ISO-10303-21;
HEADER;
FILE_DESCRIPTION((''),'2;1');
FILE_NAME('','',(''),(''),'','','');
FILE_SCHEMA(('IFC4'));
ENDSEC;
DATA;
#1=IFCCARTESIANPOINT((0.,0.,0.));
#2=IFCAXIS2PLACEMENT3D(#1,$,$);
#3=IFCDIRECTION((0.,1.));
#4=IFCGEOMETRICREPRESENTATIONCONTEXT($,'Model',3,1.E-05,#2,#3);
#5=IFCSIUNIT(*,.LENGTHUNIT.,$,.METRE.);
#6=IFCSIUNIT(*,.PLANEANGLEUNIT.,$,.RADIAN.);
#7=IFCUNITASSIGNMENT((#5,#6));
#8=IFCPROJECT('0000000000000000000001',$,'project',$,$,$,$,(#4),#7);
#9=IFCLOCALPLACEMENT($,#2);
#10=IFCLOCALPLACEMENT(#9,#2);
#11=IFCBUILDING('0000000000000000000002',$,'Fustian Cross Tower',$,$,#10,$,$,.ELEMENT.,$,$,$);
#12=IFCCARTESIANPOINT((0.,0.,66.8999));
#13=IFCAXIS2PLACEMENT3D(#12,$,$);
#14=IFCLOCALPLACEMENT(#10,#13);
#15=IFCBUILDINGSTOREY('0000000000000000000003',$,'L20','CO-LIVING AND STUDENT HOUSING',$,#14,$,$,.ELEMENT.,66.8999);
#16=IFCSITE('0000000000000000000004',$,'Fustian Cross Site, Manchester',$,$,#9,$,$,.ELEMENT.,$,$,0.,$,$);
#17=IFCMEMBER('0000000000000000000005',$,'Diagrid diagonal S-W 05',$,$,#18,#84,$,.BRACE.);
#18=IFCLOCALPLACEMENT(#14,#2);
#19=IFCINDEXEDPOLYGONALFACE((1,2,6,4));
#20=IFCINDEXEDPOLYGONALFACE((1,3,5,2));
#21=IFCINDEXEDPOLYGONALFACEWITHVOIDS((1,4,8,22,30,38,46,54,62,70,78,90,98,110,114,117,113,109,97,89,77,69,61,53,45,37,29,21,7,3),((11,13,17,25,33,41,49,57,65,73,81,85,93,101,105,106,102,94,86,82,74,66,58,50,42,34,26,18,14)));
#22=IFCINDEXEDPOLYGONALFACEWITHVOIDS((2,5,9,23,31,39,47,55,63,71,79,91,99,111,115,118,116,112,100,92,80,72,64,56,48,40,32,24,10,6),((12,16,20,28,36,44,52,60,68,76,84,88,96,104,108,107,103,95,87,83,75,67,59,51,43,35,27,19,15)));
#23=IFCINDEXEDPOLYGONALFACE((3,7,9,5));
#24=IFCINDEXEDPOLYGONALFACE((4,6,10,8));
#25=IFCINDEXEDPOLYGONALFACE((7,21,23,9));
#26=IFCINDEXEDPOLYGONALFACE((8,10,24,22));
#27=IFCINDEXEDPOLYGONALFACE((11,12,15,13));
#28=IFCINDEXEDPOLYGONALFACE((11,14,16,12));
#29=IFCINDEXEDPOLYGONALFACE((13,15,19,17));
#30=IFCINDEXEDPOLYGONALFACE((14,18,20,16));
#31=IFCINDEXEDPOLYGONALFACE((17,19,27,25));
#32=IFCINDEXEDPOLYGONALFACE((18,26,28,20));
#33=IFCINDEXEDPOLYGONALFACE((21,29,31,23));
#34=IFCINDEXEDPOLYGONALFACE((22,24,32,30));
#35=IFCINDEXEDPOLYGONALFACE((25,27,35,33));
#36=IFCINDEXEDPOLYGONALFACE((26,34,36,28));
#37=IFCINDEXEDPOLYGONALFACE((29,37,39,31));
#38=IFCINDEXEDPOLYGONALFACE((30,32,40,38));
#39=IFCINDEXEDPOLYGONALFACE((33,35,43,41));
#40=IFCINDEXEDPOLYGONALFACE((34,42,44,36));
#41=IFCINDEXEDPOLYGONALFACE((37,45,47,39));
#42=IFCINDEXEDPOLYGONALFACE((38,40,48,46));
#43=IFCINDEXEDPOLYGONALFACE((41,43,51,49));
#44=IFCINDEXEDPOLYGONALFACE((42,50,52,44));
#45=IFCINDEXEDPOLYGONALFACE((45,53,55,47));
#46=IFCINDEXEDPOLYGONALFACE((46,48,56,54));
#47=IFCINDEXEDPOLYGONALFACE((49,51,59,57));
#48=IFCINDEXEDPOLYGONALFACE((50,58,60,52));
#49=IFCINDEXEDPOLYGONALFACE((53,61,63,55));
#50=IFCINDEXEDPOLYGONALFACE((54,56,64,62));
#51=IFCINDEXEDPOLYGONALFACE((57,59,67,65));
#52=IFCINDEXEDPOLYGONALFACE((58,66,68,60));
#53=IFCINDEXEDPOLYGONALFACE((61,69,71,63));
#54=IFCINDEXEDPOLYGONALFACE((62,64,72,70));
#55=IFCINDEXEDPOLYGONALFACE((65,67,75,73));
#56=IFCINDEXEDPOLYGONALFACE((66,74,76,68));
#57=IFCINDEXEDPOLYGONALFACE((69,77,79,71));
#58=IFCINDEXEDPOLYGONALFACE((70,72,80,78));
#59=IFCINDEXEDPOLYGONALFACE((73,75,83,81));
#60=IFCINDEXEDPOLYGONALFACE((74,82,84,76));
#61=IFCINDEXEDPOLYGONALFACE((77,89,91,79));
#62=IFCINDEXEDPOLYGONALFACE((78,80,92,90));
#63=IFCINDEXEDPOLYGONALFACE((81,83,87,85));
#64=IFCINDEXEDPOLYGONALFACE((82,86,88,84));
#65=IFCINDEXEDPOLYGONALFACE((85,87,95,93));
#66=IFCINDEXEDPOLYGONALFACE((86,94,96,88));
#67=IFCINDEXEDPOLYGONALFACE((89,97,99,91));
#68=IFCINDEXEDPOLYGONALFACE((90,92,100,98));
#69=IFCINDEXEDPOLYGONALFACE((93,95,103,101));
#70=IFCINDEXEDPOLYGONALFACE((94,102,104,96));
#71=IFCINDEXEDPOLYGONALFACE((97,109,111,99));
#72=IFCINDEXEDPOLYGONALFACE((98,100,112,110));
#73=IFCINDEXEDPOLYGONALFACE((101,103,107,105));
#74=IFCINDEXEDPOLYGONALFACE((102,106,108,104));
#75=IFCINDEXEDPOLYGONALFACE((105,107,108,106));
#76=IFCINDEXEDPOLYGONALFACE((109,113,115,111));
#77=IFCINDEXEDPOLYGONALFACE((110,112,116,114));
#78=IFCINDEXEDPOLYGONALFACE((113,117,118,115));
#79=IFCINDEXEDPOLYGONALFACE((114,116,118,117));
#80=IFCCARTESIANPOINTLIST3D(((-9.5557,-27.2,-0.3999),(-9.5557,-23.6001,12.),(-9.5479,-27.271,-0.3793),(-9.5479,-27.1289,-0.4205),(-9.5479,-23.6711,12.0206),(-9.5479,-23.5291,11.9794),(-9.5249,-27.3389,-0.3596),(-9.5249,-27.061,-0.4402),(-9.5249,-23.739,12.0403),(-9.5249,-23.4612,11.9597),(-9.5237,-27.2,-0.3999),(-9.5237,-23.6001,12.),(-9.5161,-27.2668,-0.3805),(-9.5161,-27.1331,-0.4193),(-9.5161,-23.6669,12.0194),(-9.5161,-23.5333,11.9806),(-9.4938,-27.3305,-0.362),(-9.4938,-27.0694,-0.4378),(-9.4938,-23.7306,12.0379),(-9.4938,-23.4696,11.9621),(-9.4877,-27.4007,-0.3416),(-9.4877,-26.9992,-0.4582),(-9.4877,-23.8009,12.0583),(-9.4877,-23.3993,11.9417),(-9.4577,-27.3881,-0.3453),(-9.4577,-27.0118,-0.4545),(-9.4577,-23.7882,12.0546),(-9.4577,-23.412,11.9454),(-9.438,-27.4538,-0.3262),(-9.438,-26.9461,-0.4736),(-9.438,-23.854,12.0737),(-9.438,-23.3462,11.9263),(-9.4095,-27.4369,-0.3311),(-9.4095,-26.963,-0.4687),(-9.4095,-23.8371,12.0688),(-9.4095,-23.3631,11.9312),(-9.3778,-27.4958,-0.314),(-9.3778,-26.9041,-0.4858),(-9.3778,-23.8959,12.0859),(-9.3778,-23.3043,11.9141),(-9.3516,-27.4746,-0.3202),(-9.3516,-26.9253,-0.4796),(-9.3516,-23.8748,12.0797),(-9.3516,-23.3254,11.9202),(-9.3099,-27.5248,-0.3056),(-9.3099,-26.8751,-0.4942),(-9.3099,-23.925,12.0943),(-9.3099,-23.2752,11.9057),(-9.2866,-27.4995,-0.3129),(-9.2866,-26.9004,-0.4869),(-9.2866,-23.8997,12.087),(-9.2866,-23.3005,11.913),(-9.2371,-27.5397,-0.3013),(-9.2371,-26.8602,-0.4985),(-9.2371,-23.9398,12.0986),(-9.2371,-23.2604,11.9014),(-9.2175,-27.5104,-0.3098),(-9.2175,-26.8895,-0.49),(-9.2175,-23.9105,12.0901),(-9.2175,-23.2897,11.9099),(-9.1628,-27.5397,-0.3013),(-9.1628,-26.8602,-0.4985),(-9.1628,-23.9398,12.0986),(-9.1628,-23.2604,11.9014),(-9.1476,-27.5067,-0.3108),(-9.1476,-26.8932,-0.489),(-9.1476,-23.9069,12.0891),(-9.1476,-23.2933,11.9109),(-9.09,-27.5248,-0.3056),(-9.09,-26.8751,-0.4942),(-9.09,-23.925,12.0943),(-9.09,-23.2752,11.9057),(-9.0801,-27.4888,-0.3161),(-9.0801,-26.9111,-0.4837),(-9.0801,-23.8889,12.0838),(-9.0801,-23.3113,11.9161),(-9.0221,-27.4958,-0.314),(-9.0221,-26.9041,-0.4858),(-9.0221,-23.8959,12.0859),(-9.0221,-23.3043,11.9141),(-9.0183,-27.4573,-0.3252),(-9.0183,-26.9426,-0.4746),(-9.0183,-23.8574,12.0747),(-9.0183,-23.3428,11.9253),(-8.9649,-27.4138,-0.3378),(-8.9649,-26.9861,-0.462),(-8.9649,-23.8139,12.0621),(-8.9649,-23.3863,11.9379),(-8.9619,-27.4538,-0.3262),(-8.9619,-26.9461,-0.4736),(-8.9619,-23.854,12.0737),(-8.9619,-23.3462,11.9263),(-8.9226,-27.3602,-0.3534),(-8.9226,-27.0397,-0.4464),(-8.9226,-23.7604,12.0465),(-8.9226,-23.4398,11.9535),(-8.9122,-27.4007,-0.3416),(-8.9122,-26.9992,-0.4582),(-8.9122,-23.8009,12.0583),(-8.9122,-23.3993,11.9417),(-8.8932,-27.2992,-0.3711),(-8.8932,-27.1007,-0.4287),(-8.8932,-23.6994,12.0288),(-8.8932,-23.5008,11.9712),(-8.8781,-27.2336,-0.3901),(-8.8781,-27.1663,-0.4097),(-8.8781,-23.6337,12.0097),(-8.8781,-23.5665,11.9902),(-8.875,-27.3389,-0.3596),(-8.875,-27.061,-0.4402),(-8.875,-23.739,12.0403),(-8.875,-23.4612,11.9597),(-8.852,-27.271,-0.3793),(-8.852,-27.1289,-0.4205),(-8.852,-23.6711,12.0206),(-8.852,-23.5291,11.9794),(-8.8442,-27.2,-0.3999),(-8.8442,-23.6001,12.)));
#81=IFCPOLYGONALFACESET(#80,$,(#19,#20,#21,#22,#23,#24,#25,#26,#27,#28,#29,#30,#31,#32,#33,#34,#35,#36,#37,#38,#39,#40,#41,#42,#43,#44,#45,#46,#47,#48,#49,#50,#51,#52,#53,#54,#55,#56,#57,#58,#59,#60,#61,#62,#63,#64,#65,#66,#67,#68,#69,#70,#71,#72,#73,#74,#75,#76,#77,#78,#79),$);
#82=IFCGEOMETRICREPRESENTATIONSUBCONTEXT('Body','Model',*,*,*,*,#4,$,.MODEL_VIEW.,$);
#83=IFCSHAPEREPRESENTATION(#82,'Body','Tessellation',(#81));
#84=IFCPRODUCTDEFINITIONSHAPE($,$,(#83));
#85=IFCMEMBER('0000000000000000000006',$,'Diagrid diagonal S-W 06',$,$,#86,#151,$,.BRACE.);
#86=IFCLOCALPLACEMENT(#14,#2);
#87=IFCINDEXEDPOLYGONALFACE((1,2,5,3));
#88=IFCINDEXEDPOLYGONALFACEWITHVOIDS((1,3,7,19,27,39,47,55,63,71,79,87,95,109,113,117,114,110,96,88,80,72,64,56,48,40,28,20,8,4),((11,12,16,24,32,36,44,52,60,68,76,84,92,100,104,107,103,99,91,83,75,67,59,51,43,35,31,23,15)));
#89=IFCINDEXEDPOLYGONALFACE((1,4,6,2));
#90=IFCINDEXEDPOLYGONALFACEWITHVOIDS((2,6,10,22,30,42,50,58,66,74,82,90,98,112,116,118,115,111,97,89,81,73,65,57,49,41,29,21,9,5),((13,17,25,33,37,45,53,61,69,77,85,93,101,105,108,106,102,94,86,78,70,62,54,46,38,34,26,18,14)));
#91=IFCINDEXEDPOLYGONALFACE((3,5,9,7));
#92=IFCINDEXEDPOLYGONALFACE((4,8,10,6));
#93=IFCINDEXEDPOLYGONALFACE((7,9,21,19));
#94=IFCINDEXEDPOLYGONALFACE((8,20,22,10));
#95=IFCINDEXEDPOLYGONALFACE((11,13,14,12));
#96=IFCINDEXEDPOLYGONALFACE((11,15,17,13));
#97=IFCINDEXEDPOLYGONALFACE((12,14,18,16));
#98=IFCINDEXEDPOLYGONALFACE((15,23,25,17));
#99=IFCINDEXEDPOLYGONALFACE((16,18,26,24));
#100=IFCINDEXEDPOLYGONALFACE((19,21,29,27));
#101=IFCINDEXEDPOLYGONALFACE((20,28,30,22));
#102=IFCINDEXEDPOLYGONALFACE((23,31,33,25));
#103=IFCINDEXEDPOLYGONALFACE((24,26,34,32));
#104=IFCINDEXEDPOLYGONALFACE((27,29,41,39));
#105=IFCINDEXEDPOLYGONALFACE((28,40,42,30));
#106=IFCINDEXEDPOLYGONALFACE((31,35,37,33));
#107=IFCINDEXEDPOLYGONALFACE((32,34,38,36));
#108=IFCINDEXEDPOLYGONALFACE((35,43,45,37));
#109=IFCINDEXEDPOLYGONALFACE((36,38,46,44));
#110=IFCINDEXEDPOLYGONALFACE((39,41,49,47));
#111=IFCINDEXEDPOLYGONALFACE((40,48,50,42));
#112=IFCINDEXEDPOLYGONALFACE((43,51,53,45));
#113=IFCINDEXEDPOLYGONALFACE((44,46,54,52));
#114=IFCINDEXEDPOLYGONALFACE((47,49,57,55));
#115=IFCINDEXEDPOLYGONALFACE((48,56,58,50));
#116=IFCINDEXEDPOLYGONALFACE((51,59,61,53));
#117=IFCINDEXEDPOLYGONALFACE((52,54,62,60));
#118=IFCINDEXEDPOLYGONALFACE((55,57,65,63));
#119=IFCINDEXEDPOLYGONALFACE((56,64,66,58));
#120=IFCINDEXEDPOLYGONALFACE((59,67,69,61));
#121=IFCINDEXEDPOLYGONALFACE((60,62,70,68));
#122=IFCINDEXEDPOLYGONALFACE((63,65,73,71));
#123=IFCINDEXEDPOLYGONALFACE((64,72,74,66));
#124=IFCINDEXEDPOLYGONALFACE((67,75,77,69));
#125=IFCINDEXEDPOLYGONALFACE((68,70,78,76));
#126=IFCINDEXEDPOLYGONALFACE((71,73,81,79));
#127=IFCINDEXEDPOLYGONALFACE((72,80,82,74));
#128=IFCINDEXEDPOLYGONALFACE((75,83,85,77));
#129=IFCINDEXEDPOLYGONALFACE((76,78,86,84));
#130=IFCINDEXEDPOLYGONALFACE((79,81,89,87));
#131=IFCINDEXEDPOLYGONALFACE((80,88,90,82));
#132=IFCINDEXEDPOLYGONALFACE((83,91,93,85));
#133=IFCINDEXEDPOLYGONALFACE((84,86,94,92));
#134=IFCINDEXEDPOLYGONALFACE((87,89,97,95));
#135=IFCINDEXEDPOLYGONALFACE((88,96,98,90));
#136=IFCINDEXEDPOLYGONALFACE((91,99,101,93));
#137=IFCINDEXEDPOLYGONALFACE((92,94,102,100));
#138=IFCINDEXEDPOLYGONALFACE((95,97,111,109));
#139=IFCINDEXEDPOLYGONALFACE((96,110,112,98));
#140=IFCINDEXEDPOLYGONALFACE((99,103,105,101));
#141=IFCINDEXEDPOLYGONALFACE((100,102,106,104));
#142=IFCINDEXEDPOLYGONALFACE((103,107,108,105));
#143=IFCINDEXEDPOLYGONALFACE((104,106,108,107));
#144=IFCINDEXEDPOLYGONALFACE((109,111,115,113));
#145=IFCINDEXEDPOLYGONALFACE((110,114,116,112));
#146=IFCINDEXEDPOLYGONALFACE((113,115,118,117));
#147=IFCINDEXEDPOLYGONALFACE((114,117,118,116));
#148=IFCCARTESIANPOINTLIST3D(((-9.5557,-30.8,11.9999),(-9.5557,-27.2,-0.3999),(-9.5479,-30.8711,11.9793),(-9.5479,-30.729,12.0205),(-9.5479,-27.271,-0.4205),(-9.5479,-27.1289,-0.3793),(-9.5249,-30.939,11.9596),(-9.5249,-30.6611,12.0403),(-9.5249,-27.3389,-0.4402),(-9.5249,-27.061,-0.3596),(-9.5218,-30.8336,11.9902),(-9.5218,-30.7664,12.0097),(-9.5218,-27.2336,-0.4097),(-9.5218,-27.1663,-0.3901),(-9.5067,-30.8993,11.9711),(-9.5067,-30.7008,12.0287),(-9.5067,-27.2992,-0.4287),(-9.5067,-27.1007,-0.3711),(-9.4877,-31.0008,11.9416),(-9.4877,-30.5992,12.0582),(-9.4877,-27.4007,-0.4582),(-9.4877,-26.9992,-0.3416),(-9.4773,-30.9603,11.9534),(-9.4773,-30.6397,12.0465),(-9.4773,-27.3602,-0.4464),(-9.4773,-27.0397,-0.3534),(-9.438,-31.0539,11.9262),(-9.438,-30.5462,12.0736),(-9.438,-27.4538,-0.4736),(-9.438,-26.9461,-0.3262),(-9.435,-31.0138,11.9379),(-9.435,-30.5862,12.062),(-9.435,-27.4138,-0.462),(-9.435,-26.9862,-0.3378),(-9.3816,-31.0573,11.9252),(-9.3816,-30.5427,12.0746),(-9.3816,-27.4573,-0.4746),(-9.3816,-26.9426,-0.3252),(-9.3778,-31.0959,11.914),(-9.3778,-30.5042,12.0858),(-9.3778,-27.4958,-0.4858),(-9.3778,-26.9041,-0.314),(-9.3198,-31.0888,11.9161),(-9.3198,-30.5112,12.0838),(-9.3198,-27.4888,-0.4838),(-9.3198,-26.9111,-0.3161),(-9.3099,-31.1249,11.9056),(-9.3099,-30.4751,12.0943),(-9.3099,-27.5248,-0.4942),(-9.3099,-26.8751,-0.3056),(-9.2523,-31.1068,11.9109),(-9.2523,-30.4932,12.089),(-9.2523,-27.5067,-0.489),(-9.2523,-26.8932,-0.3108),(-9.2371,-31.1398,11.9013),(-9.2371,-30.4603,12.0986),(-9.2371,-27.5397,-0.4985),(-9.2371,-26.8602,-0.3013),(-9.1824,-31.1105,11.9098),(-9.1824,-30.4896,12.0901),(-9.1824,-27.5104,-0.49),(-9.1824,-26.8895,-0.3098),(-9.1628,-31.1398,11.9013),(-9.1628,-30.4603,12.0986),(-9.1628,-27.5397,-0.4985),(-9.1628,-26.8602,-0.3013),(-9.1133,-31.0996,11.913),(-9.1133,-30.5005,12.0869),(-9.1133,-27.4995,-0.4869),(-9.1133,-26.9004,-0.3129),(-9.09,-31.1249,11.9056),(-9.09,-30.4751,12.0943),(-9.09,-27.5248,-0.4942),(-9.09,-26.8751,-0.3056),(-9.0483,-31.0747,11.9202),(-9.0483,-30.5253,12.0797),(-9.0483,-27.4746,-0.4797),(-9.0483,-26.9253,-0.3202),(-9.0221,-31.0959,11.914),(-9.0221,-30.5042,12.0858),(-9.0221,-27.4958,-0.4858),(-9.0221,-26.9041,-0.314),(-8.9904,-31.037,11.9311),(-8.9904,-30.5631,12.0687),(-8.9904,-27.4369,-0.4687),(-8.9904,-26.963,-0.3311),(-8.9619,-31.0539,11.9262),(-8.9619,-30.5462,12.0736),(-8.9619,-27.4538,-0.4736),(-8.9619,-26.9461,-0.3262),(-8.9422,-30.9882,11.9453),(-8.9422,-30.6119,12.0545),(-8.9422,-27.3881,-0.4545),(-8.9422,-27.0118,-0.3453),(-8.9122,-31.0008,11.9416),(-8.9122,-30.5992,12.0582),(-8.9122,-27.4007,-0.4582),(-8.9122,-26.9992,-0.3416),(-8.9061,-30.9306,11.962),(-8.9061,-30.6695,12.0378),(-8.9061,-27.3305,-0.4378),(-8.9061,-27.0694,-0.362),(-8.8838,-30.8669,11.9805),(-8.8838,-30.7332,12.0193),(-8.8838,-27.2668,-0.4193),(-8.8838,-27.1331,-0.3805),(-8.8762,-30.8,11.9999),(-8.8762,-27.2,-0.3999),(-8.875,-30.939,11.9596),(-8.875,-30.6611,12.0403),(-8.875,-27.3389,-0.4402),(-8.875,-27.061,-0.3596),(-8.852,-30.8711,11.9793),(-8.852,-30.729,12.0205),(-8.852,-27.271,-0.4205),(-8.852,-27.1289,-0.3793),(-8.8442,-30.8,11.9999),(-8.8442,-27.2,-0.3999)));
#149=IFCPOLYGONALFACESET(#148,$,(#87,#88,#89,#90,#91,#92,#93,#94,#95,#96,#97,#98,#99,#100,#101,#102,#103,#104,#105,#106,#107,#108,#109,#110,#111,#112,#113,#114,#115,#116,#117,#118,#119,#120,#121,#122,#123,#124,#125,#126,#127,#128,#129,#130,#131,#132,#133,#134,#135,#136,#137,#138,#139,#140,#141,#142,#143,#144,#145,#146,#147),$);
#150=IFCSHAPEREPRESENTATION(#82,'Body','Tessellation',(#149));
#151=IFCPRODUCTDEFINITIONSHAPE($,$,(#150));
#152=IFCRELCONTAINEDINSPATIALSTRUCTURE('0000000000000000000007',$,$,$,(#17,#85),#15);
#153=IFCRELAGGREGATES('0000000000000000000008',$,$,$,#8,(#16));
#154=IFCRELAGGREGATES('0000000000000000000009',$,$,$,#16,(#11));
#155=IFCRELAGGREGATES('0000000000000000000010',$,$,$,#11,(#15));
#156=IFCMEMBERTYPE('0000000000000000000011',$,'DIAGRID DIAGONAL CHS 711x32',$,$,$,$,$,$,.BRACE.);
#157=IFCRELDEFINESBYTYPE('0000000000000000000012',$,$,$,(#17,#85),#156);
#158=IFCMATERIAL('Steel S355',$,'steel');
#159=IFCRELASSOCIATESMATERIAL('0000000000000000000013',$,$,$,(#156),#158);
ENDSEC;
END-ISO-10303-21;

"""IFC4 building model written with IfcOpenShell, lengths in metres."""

from ifc_helpers import new_model, si_unit, direction, frame, origin, origin_2d, place, context, subcontext, project, spatial, hollow_circle, extrude, material, material_profile, profile_set, type_object, element, save


model = new_model("IFC4")

# Units and contexts
model_context = context("Model", 3, precision=1e-05, world=origin(), true_north=direction((0.0, 1.0)))
body_context = subcontext(model_context, "Body", "Model", "MODEL_VIEW")
ifc_project = project(units=[si_unit("LENGTHUNIT", "METRE"), si_unit("PLANEANGLEUNIT", "RADIAN")], contexts=[model_context])

# Site, building, storey
site_placement = place(None, origin())
site = spatial("IfcSite", under=ifc_project, at=site_placement, Name="Fustian Cross Site, Manchester", CompositionType="ELEMENT", RefElevation=0.0)
building_placement = place(site_placement, origin())
building = spatial("IfcBuilding", under=site, at=building_placement, Name="Fustian Cross Tower", CompositionType="ELEMENT")
storey_placement = place(building_placement, frame((0.0, 0.0, 66.8999)))
storey = spatial("IfcBuildingStorey", under=building, at=storey_placement, Name="L20", Description="CO-LIVING AND STUDENT HOUSING", CompositionType="ELEMENT", Elevation=66.8999)

# Members
ifc_material_1 = material(Name="Steel S355", Category="steel")
ifc_material_profile_1 = material_profile(ifc_material_1, hollow_circle(Radius=0.3557, WallThickness=0.032, at=origin_2d()), Name="CHS 711x32")
ifc_profile_set_1 = profile_set([ifc_material_profile_1], Name="Steel S355")
member_type_1 = type_object("IfcMemberType", Name="DIAGRID DIAGONAL CHS 711x32", PredefinedType="BRACE", material=ifc_profile_set_1)
for number, where, z_axis, x_axis, name in (
    (1, (-9.2, -27.2, -0.3999), (0.0, 0.278802, 0.960349), (-1.0, 0.0, 0.0), "Diagrid diagonal S-W 05"),
    (2, (-9.2, -27.2, -0.3999), (0.0, -0.278819, 0.960344), (1.0, 0.0, 0.0), "Diagrid diagonal S-W 06"),
):
    element("IfcMember", number, at=place(storey_placement, frame(where, z_axis=z_axis, x_axis=x_axis)), inside=storey, type_object=member_type_1, Name=name, PredefinedType="BRACE", context=body_context, shape_type="SweptSolid", body=[
        extrude(hollow_circle(Radius=0.3557, WallThickness=0.032, at=origin_2d()), origin(), (0.0, 0.0, 1.0), 12.9119),
    ])

save(model, "model.ifc")
